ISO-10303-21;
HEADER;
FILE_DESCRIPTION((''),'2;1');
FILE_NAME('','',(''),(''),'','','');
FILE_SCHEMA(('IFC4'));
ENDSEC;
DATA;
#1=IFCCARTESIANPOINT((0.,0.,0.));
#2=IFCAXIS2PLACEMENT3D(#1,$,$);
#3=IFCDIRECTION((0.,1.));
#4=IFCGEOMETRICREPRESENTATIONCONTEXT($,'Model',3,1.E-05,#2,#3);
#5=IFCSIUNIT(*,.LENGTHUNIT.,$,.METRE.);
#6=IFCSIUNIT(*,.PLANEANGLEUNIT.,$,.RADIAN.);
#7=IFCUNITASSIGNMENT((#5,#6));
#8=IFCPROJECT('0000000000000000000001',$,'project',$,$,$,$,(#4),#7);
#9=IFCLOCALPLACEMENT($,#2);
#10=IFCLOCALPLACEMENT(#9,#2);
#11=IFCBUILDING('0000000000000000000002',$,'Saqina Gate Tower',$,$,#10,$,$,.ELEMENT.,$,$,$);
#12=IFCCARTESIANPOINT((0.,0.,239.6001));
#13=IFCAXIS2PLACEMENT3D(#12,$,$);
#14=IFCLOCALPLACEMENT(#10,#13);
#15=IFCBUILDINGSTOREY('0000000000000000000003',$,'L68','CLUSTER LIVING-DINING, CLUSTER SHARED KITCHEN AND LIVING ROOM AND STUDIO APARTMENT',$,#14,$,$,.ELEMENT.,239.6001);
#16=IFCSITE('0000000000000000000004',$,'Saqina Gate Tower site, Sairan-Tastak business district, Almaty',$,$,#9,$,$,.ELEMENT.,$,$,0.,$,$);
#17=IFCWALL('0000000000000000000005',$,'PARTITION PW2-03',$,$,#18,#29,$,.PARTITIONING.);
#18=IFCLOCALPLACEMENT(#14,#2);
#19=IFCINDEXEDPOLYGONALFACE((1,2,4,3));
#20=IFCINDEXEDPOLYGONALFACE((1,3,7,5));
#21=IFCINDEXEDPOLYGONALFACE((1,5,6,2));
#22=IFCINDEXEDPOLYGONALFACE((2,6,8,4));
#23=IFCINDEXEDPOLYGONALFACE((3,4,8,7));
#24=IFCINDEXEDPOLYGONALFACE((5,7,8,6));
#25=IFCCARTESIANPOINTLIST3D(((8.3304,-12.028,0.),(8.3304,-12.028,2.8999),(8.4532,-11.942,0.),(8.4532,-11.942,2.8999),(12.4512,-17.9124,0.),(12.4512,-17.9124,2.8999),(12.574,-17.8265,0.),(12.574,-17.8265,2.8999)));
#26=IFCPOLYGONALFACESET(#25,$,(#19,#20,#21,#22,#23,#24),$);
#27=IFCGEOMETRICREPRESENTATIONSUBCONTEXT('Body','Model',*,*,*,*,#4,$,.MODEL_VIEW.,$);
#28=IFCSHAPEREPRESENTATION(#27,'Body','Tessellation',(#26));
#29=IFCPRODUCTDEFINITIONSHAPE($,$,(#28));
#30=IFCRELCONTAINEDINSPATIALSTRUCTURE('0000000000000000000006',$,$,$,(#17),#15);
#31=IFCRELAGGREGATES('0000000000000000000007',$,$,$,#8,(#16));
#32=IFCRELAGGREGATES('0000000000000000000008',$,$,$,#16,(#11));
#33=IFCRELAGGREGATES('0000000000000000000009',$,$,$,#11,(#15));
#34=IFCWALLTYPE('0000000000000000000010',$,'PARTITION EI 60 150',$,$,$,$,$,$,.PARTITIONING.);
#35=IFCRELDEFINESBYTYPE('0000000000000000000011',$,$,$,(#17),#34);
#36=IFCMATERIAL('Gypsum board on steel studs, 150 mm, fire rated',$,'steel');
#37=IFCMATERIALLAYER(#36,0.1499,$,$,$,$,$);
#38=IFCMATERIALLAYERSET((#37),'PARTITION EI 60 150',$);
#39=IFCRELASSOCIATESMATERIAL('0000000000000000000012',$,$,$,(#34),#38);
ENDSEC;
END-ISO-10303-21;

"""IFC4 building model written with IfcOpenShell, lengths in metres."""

from ifc_helpers import new_model, si_unit, direction, frame, frame_2d, origin, place, context, subcontext, project, spatial, rectangle, extrude, material, layer, layer_set, type_object, element, save


model = new_model("IFC4")

# Units and contexts
model_context = context("Model", 3, precision=1e-05, world=origin(), true_north=direction((0.0, 1.0)))
body_context = subcontext(model_context, "Body", "Model", "MODEL_VIEW")
ifc_project = project(units=[si_unit("LENGTHUNIT", "METRE"), si_unit("PLANEANGLEUNIT", "RADIAN")], contexts=[model_context])

# Site, building, storey
site_placement = place(None, origin())
site = spatial("IfcSite", under=ifc_project, at=site_placement, Name="Saqina Gate Tower site, Sairan-Tastak business district, Almaty", CompositionType="ELEMENT", RefElevation=0.0)
building_placement = place(site_placement, origin())
building = spatial("IfcBuilding", under=site, at=building_placement, Name="Saqina Gate Tower", CompositionType="ELEMENT")
storey_placement = place(building_placement, frame((0.0, 0.0, 239.6001)))
storey = spatial("IfcBuildingStorey", under=building, at=storey_placement, Name="L68", Description="CLUSTER LIVING-DINING, CLUSTER SHARED KITCHEN AND LIVING ROOM AND STUDIO APARTMENT", CompositionType="ELEMENT", Elevation=239.6001)

# Wall
ifc_material_1 = material(Name="Gypsum board on steel studs, 150 mm, fire rated", Category="steel")
ifc_layer_1 = layer(ifc_material_1, 0.1499)
ifc_layer_set_1 = layer_set([ifc_layer_1], Name="PARTITION EI 60 150")
wall_type_1 = type_object("IfcWallType", Name="PARTITION EI 60 150", PredefinedType="PARTITIONING", material=ifc_layer_set_1)
wall_1_placement = place(storey_placement, frame((8.3918, -11.9851, 0.0), z_axis=(0.0, 0.0, 1.0), x_axis=(0.57362, -0.819122, 0.0)))
element("IfcWall", 1, at=wall_1_placement, inside=storey, type_object=wall_type_1, Name="PARTITION PW2-03", PredefinedType="PARTITIONING", context=body_context, shape_type="SweptSolid", body=[
    extrude(rectangle(XDim=7.1838, YDim=0.1499, at=frame_2d((3.5918, 0.0))), origin(), (0.0, 0.0, 1.0), 2.8999),
])

save(model, "model.ifc")
